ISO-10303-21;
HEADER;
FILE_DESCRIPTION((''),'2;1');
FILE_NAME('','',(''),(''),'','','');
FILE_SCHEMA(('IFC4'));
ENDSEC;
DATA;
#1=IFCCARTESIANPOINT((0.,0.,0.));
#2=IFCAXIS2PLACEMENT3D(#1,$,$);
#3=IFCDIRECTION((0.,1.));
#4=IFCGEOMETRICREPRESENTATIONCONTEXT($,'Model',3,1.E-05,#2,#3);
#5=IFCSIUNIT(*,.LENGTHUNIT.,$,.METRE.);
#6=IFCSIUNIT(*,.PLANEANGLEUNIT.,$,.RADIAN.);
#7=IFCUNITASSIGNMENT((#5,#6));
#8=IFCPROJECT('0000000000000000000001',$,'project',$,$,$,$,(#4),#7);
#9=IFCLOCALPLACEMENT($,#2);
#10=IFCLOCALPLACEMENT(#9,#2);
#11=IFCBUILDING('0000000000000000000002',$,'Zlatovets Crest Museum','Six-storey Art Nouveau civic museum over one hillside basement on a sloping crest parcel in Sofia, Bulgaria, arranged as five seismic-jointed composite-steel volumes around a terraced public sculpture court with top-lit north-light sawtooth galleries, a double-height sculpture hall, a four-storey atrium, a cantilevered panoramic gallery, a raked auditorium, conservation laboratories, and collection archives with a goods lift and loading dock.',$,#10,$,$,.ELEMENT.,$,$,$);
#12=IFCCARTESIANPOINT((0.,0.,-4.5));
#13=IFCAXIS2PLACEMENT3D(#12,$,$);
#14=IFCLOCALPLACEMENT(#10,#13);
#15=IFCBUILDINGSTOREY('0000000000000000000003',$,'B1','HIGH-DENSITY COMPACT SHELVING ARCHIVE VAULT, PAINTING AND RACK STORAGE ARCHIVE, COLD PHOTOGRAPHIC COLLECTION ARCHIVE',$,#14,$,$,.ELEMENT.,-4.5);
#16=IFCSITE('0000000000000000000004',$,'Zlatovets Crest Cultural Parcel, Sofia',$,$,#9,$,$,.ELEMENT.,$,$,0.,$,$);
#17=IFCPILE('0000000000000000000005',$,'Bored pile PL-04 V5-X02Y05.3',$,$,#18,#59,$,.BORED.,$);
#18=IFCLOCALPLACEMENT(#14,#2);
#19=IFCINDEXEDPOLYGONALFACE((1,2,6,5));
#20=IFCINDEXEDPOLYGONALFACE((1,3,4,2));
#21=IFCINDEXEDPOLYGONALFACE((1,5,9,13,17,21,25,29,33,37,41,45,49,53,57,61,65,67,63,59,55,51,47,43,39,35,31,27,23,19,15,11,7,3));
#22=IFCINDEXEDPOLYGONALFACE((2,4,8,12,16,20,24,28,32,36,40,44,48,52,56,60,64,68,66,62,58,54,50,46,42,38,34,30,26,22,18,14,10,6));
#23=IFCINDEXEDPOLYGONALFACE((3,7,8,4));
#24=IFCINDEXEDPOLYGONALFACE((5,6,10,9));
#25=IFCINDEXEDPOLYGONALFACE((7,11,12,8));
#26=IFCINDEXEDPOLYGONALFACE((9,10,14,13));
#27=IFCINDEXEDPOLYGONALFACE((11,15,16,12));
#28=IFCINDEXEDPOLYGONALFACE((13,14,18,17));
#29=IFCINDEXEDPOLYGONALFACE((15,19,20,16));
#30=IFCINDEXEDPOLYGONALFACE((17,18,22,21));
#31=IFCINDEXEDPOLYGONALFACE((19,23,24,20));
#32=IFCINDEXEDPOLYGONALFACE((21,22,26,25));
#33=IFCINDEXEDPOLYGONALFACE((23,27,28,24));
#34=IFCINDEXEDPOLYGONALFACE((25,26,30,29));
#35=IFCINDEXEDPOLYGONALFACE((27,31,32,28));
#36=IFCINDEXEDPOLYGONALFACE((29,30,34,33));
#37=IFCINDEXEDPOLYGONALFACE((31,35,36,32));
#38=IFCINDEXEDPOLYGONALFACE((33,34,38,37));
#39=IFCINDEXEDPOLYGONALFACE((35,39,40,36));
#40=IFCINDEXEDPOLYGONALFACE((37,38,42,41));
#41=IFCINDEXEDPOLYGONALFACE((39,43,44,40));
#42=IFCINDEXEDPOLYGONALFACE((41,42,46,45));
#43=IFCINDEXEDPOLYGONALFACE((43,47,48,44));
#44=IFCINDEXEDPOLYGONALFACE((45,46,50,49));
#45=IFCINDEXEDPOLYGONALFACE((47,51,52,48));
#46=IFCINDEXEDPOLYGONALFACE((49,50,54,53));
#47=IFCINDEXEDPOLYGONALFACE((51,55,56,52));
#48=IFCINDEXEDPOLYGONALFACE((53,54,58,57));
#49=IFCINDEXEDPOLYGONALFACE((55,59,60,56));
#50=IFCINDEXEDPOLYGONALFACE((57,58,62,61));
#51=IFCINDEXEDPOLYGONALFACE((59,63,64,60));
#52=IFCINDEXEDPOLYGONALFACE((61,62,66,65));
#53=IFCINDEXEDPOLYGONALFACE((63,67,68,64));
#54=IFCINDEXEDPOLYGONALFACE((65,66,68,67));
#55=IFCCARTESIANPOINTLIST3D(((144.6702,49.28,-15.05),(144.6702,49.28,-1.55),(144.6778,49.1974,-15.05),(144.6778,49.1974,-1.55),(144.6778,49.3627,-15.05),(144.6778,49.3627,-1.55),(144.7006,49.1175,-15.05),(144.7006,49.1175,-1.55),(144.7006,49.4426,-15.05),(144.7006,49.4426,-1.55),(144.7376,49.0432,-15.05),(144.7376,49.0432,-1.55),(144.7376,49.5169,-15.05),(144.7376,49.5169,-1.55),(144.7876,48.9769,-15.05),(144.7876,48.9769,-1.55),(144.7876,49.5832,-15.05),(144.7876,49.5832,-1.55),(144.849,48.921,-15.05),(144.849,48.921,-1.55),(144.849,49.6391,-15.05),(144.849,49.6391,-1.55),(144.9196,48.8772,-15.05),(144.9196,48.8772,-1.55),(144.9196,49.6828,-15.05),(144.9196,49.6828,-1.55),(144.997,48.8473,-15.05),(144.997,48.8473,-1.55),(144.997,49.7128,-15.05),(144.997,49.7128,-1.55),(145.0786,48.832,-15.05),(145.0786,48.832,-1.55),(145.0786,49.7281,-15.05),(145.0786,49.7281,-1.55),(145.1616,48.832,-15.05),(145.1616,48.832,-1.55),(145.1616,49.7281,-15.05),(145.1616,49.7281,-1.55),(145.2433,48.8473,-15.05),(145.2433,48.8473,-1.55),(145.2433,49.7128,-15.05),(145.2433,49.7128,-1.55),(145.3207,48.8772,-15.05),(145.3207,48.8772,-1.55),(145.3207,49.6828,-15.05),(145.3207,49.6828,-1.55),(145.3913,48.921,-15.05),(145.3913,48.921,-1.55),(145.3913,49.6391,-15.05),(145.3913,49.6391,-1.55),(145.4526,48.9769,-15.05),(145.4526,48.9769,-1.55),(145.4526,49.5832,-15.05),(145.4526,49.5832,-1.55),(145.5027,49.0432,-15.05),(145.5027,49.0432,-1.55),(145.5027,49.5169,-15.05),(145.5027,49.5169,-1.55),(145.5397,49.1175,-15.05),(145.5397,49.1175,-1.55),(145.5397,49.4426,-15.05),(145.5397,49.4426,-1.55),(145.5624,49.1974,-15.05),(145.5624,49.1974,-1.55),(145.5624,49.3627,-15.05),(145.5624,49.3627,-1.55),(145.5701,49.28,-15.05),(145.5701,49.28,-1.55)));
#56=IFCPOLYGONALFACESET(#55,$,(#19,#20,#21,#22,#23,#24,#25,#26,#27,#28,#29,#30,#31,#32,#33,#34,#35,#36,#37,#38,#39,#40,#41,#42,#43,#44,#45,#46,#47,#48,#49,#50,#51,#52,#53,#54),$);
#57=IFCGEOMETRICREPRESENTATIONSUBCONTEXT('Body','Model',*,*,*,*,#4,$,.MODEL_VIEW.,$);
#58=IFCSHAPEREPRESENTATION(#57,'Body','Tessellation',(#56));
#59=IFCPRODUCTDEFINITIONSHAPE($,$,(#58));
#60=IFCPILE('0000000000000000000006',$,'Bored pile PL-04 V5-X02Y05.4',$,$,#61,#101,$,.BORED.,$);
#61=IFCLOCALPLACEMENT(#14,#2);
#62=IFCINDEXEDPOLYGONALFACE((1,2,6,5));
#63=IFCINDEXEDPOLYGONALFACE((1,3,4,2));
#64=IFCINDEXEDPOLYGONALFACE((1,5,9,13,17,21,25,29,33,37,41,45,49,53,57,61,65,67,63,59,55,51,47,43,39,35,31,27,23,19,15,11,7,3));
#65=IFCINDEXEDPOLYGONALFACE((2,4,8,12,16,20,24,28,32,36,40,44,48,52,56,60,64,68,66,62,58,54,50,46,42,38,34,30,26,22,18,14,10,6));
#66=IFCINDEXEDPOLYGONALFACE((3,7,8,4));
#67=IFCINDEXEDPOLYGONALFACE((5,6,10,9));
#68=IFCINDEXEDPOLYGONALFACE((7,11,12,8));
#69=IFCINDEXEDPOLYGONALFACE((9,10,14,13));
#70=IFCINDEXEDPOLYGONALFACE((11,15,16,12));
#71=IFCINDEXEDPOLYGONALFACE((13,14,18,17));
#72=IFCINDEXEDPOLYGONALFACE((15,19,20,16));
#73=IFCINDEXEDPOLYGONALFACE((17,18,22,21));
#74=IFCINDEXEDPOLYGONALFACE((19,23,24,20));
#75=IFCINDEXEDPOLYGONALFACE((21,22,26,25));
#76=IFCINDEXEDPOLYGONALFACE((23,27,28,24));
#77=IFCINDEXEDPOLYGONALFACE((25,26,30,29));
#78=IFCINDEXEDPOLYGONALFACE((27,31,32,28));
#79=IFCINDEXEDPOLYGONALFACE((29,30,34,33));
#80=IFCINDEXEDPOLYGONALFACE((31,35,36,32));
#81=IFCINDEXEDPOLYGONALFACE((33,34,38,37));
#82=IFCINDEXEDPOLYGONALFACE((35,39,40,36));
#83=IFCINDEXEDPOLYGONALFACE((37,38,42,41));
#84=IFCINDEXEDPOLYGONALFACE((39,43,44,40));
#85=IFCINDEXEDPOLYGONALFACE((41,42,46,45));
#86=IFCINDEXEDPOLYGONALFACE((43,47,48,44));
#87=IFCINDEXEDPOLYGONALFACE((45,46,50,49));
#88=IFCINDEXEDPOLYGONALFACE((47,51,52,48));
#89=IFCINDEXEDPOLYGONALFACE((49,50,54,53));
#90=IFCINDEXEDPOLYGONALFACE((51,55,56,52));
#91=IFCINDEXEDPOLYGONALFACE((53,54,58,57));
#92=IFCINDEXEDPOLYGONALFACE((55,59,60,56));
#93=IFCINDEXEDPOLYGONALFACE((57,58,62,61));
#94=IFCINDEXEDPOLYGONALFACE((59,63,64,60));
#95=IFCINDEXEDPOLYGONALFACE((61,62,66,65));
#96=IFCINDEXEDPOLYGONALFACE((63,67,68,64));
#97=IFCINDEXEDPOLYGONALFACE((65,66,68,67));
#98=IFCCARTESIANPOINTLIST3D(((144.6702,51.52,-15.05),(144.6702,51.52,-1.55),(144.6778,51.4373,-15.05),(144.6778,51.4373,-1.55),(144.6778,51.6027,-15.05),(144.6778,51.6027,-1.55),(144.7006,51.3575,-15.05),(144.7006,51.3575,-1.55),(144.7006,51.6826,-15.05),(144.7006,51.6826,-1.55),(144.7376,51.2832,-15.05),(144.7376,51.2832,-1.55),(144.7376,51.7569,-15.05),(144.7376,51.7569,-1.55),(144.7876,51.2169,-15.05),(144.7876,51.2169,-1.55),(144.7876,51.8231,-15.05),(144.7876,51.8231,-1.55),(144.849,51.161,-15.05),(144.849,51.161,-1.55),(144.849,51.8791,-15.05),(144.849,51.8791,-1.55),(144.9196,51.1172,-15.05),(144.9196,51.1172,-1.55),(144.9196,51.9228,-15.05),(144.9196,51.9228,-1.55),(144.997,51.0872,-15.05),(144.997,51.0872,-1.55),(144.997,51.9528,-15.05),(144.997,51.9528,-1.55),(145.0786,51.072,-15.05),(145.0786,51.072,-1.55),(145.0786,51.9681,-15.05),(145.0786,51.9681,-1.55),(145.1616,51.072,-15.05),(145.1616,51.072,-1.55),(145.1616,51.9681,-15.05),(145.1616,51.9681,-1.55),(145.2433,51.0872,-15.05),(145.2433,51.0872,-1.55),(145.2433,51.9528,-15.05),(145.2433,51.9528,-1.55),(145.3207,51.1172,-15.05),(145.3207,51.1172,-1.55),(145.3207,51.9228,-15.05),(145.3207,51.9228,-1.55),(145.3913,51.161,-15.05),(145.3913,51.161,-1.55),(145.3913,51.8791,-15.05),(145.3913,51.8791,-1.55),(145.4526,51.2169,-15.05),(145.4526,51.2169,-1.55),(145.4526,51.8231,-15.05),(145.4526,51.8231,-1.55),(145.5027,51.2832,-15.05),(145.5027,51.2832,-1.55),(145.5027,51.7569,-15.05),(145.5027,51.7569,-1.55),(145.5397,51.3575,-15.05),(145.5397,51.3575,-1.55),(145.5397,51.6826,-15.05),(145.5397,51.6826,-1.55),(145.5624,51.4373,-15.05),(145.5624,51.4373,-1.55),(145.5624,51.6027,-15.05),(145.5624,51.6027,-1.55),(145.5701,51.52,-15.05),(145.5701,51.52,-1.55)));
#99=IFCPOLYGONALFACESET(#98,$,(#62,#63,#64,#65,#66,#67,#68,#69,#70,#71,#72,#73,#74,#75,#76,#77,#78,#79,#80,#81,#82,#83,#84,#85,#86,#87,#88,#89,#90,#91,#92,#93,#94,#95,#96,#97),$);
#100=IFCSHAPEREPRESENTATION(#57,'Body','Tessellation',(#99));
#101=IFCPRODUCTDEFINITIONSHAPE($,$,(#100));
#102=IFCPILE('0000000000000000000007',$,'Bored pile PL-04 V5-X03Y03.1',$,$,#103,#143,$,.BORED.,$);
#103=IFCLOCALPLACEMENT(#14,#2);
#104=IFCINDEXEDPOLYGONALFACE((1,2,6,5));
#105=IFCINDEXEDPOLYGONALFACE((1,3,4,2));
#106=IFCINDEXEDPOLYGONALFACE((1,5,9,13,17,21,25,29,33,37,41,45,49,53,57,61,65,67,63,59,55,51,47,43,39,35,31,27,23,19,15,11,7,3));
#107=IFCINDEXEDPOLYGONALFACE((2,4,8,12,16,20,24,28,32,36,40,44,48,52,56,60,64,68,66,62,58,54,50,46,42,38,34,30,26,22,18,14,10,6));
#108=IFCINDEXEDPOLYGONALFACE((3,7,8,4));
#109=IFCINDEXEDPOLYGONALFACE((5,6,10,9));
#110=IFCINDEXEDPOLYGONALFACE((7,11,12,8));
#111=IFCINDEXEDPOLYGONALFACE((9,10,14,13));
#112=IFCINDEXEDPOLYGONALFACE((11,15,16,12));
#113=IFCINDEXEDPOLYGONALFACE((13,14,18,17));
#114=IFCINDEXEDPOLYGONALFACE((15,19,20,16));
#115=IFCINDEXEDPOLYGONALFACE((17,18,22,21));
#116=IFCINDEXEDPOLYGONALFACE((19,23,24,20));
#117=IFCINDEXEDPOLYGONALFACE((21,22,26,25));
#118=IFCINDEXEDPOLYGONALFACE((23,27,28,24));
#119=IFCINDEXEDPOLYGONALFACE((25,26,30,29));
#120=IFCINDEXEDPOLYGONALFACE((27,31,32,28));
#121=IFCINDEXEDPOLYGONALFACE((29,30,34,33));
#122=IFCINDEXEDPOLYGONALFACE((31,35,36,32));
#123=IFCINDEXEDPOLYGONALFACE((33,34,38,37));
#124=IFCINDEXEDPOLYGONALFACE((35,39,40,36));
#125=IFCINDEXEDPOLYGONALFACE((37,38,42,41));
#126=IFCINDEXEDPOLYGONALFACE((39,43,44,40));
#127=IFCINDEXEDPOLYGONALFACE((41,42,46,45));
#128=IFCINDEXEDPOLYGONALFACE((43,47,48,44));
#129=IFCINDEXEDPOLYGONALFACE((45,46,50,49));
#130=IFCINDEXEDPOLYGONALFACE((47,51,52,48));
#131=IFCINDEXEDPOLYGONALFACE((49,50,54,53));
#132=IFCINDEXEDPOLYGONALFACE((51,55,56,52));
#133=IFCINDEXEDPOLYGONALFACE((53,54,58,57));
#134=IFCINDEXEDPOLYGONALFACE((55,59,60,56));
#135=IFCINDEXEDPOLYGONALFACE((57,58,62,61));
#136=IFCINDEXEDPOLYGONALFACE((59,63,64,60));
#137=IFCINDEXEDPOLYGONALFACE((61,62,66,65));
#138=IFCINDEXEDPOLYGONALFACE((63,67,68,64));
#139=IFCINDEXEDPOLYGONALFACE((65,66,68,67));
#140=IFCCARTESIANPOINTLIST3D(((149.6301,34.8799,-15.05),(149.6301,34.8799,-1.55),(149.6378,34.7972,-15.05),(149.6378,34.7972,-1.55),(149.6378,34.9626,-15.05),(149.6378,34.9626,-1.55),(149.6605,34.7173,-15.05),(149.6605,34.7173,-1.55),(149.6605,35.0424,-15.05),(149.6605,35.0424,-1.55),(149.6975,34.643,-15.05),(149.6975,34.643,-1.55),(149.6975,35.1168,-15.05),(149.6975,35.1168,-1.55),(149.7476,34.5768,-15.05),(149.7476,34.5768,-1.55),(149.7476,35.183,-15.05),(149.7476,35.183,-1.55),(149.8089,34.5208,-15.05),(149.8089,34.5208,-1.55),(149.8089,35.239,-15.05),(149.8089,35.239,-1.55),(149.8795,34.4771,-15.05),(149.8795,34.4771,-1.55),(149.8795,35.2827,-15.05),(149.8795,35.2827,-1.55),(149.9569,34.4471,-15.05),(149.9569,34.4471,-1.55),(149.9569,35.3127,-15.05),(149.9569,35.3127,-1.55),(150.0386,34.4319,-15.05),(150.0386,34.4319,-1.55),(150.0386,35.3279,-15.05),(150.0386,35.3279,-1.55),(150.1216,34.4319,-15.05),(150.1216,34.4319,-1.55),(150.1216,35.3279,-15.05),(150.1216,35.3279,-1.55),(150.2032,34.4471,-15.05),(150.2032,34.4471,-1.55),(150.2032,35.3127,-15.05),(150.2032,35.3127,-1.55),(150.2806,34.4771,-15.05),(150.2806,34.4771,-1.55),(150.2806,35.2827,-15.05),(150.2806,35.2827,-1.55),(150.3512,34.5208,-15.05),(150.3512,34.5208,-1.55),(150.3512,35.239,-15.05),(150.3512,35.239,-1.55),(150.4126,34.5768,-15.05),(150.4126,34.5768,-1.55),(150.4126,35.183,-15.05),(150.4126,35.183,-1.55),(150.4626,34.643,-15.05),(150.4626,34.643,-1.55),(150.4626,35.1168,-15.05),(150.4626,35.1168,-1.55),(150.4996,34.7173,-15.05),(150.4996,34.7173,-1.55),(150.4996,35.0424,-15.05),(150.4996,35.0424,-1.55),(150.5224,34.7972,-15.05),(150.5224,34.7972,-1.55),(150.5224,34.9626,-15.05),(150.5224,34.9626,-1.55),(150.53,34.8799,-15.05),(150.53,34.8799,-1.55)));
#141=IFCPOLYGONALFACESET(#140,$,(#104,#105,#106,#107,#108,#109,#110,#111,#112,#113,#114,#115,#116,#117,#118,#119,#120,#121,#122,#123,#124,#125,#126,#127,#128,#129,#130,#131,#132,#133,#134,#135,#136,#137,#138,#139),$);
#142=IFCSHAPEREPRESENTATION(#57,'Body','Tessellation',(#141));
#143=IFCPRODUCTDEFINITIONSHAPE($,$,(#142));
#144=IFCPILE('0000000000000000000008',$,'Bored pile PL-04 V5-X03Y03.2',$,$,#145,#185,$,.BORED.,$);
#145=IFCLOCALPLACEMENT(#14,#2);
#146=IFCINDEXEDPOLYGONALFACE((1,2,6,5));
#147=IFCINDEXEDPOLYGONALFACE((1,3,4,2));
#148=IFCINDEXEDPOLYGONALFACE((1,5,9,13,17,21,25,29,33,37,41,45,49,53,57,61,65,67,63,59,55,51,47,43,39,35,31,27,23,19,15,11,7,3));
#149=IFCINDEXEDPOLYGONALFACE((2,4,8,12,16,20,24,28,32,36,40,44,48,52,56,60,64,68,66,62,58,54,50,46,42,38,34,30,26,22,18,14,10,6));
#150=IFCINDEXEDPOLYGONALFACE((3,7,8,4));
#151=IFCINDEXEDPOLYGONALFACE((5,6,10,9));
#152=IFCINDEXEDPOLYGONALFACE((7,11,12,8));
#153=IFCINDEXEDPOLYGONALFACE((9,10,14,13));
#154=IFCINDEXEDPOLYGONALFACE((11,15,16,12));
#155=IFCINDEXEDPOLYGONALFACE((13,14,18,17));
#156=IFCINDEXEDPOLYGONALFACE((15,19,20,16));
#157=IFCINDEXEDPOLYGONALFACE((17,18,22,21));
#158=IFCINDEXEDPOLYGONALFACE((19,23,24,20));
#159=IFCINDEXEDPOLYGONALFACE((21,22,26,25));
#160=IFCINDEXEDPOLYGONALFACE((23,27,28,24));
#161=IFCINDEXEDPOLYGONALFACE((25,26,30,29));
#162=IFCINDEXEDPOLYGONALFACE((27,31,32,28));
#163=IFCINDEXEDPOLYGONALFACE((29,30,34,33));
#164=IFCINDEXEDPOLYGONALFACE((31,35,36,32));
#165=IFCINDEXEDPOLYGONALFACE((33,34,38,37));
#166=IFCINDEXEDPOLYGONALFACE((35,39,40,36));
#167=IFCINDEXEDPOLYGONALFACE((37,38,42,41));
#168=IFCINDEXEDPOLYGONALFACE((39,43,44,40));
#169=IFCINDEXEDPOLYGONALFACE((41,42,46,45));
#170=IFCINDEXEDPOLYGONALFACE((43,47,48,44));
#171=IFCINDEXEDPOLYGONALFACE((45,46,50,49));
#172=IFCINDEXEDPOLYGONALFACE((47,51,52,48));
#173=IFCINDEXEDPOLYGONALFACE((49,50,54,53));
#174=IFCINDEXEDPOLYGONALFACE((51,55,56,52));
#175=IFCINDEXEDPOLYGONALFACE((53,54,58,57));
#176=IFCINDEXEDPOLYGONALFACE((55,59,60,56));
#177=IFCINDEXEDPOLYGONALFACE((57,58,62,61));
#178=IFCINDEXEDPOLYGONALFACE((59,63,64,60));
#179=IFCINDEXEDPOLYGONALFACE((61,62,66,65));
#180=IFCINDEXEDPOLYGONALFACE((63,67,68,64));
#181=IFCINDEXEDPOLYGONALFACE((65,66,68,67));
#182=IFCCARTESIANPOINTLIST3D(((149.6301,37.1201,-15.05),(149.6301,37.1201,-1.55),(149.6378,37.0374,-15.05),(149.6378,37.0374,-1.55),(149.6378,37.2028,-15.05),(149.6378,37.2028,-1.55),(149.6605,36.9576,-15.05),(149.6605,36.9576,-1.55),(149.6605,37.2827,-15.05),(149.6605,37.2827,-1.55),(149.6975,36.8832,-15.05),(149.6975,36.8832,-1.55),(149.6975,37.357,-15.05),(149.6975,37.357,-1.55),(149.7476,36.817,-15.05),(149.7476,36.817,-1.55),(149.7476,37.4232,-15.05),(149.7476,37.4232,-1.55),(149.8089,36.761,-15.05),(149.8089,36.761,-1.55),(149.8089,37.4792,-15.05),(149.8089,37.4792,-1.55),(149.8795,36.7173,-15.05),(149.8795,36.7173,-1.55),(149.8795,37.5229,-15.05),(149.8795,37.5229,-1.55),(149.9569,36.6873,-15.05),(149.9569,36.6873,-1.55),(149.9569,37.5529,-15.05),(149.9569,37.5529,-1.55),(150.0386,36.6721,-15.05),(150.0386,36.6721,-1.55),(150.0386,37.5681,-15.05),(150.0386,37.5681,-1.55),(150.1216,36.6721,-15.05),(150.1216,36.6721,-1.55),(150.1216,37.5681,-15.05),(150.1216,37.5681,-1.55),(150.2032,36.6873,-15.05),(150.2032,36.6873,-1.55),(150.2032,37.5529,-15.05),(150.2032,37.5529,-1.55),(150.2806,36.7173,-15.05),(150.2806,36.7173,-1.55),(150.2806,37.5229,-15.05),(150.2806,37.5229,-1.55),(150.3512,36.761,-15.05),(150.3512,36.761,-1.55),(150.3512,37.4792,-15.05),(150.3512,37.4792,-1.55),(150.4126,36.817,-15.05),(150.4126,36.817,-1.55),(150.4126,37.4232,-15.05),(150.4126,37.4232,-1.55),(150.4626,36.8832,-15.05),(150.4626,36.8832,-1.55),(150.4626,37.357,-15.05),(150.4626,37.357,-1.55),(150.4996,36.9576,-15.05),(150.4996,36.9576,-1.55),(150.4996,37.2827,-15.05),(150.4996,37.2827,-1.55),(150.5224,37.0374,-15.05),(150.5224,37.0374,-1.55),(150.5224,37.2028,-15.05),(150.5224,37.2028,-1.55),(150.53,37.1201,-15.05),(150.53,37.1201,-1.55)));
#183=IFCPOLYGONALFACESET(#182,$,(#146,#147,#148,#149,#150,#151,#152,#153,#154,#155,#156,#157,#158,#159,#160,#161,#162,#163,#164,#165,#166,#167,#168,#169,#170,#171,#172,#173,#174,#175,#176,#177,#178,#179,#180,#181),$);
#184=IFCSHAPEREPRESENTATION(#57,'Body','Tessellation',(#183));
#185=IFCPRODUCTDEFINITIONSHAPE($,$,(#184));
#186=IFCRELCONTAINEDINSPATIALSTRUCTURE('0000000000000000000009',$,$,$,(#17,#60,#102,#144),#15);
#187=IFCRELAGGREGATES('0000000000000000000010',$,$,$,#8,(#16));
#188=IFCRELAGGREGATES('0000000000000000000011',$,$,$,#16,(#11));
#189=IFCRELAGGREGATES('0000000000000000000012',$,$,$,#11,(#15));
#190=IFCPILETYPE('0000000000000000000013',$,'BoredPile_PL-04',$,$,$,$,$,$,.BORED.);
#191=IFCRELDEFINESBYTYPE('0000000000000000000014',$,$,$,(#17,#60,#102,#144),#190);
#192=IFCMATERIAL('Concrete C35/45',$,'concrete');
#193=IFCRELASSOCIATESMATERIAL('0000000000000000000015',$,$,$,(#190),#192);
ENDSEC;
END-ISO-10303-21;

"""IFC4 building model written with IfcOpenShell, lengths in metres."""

from ifc_helpers import new_model, si_unit, direction, frame, origin, origin_2d, place, context, subcontext, project, spatial, circle, extrude, material, material_profile, profile_set, type_object, element, save


model = new_model("IFC4")

# Units and contexts
model_context = context("Model", 3, precision=1e-05, world=origin(), true_north=direction((0.0, 1.0)))
body_context = subcontext(model_context, "Body", "Model", "MODEL_VIEW")
ifc_project = project(units=[si_unit("LENGTHUNIT", "METRE"), si_unit("PLANEANGLEUNIT", "RADIAN")], contexts=[model_context])

# Site, building, storey
site_placement = place(None, origin())
site = spatial("IfcSite", under=ifc_project, at=site_placement, Name="Zlatovets Crest Cultural Parcel, Sofia", CompositionType="ELEMENT", RefElevation=0.0)
building_placement = place(site_placement, origin())
building = spatial("IfcBuilding", under=site, at=building_placement, Name="Zlatovets Crest Museum", Description="Six-storey Art Nouveau civic museum over one hillside basement on a sloping crest parcel in Sofia, Bulgaria, arranged as five seismic-jointed composite-steel volumes around a terraced public sculpture court with top-lit north-light sawtooth galleries, a double-height sculpture hall, a four-storey atrium, a cantilevered panoramic gallery, a raked auditorium, conservation laboratories, and collection archives with a goods lift and loading dock.", CompositionType="ELEMENT")
storey_placement = place(building_placement, frame((0.0, 0.0, -4.5)))
storey = spatial("IfcBuildingStorey", under=building, at=storey_placement, Name="B1", Description="HIGH-DENSITY COMPACT SHELVING ARCHIVE VAULT, PAINTING AND RACK STORAGE ARCHIVE, COLD PHOTOGRAPHIC COLLECTION ARCHIVE", CompositionType="ELEMENT", Elevation=-4.5)

# Piles
ifc_material = material(Name="Concrete C35/45", Category="concrete")
ifc_material_profile_1 = material_profile(ifc_material, circle(Radius=0.45, at=origin_2d()), Name="PILE D900")
ifc_profile_set_1 = profile_set([ifc_material_profile_1], Name="Concrete C35/45")
pile_type = type_object("IfcPileType", Name="BoredPile_PL-04", PredefinedType="BORED", material=ifc_profile_set_1)
for number, where, z_axis, x_axis, name in (
    (1, (145.1201, 49.28, -1.55), (0.0, 0.0, -1.0), (1.0, 0.0, 0.0), "Bored pile PL-04 V5-X02Y05.3"),
    (2, (145.1201, 51.52, -1.55), (0.0, 0.0, -1.0), (1.0, 0.0, 0.0), "Bored pile PL-04 V5-X02Y05.4"),
    (3, (150.0801, 34.8799, -1.55), (0.0, 0.0, -1.0), (1.0, 0.0, 0.0), "Bored pile PL-04 V5-X03Y03.1"),
    (4, (150.0801, 37.1201, -1.55), (0.0, 0.0, -1.0), (1.0, 0.0, 0.0), "Bored pile PL-04 V5-X03Y03.2"),
):
    element("IfcPile", number, at=place(storey_placement, frame(where, z_axis=z_axis, x_axis=x_axis)), inside=storey, type_object=pile_type, Name=name, PredefinedType="BORED", context=body_context, shape_type="SweptSolid", body=[
        extrude(circle(Radius=0.45, at=origin_2d()), origin(), (0.0, 0.0, 1.0), 13.5),
    ])

save(model, "model.ifc")
